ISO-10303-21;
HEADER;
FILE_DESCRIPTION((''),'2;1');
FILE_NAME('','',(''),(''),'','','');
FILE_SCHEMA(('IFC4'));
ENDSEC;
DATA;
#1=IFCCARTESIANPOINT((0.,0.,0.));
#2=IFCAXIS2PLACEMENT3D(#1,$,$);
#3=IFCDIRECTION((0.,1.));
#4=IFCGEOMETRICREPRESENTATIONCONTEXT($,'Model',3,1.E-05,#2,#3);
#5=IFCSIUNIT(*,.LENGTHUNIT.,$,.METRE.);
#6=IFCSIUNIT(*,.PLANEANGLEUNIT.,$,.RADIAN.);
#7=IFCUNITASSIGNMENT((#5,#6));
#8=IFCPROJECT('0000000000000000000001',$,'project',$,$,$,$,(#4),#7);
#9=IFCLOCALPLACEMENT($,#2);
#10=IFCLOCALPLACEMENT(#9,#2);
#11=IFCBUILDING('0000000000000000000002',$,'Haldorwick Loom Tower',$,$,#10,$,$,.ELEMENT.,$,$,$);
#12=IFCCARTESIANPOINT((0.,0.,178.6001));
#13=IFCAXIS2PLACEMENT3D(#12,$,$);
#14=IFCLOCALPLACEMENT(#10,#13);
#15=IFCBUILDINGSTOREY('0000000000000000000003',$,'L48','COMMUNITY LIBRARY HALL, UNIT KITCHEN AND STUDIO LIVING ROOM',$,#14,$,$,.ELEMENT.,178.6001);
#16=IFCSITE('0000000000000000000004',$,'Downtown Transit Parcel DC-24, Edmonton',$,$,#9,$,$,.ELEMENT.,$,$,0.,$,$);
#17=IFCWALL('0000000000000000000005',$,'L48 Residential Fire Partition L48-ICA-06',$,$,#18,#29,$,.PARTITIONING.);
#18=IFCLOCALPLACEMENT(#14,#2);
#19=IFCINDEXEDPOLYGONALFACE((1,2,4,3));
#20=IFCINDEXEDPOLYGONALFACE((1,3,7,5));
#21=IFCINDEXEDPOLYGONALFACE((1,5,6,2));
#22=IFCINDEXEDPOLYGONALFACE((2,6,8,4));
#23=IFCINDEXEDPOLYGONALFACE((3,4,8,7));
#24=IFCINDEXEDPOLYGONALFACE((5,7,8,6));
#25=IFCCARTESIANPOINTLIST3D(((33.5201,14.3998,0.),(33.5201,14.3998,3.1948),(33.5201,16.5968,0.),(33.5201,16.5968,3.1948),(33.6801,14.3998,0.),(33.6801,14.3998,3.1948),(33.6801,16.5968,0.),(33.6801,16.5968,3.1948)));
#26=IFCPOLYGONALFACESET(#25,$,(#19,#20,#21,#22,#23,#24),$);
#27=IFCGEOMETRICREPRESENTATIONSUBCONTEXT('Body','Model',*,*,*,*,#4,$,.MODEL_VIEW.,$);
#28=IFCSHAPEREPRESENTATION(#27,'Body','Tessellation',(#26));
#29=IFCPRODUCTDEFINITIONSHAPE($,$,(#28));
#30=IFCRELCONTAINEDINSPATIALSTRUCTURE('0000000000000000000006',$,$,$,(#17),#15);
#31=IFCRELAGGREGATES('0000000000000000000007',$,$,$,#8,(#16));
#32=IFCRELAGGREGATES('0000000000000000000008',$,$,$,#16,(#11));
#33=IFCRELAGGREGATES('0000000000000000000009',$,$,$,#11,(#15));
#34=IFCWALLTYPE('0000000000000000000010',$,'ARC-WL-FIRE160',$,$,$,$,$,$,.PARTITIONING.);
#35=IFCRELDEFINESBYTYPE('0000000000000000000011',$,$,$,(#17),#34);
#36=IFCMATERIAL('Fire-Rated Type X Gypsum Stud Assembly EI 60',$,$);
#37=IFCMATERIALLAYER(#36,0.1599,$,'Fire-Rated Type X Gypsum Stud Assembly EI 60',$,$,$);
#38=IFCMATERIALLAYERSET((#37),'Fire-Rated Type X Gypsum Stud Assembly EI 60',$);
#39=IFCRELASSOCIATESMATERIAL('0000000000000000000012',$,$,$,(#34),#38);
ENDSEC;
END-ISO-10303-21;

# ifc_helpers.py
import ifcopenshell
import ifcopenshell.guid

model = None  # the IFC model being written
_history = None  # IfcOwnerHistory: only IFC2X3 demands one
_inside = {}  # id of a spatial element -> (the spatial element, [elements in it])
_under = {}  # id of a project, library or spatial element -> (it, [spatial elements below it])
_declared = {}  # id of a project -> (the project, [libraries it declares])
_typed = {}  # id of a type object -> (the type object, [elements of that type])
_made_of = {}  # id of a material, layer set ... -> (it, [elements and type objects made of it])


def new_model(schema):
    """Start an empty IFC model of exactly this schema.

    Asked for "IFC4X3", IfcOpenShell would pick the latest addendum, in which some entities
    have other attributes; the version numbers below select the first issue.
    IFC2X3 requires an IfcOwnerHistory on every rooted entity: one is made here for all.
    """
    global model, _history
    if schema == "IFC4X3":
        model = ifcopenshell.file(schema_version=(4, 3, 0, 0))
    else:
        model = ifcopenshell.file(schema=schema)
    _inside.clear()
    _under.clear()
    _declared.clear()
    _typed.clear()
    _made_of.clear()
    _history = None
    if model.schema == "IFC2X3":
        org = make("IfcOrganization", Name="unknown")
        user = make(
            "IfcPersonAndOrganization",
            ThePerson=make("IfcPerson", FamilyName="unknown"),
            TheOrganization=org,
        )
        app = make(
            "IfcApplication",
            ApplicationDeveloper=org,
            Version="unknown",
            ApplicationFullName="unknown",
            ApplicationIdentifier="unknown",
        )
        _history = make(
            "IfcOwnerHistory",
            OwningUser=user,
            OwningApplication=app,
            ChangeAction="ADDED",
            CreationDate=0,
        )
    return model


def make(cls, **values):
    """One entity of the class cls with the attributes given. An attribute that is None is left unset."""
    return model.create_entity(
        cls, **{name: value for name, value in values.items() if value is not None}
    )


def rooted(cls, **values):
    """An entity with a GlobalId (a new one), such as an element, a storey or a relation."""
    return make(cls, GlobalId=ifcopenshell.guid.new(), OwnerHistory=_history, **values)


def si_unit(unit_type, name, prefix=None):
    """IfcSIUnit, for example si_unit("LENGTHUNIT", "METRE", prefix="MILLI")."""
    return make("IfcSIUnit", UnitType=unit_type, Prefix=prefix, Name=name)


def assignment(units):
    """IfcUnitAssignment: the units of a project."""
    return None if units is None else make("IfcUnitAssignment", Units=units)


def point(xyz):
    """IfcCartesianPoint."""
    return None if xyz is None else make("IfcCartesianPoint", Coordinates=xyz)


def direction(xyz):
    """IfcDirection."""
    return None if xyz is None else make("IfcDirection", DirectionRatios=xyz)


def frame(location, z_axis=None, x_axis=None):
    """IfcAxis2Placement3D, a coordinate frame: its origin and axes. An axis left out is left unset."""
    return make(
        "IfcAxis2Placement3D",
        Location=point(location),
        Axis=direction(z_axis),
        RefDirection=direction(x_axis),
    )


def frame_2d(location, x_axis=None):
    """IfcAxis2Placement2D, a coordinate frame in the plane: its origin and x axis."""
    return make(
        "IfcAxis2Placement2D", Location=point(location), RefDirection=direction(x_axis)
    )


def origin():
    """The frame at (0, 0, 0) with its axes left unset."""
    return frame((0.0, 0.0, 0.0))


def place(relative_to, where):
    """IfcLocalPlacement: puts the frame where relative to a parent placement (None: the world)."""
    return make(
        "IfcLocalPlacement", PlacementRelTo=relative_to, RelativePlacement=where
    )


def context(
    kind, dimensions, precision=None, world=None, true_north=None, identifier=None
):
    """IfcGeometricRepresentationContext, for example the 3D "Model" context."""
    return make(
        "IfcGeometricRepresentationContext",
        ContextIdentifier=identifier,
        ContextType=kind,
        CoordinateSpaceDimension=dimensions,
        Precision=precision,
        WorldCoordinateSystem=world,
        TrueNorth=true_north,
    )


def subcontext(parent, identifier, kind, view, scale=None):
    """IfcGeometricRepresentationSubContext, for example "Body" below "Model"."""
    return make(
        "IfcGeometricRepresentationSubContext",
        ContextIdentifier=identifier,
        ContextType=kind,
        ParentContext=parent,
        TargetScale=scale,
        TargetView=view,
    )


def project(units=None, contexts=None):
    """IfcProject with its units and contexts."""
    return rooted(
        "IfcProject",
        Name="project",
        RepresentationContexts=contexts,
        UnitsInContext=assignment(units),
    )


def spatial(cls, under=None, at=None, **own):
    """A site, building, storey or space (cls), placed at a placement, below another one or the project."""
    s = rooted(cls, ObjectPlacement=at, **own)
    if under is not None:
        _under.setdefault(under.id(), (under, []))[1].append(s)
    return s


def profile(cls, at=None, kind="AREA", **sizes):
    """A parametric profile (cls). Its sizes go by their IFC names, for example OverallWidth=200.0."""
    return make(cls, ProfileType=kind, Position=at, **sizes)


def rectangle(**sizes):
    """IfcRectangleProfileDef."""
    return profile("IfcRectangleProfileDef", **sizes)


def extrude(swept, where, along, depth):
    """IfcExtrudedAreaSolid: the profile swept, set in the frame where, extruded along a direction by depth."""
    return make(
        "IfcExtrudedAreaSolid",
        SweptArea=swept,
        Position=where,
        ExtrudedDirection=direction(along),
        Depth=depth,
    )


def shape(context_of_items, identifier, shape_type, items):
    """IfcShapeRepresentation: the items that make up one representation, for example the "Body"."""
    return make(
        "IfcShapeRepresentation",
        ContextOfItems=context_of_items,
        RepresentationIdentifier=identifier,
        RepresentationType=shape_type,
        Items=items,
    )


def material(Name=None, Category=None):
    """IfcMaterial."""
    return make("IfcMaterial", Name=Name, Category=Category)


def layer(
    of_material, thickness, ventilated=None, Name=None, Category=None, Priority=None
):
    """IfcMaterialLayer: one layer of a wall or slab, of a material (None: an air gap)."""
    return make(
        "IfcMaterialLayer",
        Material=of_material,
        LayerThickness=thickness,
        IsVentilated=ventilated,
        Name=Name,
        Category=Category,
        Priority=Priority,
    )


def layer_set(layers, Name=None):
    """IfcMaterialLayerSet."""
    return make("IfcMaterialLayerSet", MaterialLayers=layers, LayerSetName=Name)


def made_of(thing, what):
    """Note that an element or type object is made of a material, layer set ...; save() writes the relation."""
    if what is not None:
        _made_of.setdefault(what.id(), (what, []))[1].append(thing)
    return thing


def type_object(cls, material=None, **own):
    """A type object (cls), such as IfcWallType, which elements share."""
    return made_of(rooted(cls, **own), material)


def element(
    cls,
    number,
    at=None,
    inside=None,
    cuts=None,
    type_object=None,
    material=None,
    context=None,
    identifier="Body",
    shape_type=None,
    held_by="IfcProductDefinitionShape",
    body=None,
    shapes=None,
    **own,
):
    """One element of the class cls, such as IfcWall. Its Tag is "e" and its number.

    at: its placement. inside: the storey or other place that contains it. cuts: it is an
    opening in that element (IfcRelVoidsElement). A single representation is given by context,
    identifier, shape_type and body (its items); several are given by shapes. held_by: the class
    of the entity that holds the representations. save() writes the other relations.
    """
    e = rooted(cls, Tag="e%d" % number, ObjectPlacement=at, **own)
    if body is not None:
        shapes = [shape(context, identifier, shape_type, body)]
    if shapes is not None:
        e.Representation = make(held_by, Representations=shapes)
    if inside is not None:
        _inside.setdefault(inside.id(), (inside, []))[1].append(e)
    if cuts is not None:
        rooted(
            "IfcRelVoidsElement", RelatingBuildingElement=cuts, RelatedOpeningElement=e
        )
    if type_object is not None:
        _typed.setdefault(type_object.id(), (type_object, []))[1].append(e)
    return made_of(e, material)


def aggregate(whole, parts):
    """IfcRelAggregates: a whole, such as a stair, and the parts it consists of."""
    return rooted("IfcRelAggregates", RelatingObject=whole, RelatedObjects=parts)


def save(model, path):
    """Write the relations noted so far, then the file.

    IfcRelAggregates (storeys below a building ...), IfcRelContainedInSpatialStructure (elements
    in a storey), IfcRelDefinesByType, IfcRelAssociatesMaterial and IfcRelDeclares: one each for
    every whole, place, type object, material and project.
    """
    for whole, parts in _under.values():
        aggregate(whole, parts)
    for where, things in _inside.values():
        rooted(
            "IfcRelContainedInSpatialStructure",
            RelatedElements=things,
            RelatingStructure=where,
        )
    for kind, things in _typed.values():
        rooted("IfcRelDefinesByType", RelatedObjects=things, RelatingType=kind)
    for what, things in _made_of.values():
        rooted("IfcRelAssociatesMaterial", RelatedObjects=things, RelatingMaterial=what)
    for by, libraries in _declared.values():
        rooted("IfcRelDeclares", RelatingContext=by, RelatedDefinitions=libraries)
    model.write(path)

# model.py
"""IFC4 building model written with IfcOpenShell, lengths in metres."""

from ifc_helpers import new_model, si_unit, direction, frame, frame_2d, origin, place, context, subcontext, project, spatial, rectangle, extrude, material, layer, layer_set, type_object, element, save


model = new_model("IFC4")

# Units and contexts
model_context = context("Model", 3, precision=1e-05, world=origin(), true_north=direction((0.0, 1.0)))
body_context = subcontext(model_context, "Body", "Model", "MODEL_VIEW")
ifc_project = project(units=[si_unit("LENGTHUNIT", "METRE"), si_unit("PLANEANGLEUNIT", "RADIAN")], contexts=[model_context])

# Site, building, storey
site_placement = place(None, origin())
site = spatial("IfcSite", under=ifc_project, at=site_placement, Name="Downtown Transit Parcel DC-24, Edmonton", CompositionType="ELEMENT", RefElevation=0.0)
building_placement = place(site_placement, origin())
building = spatial("IfcBuilding", under=site, at=building_placement, Name="Haldorwick Loom Tower", CompositionType="ELEMENT")
storey_placement = place(building_placement, frame((0.0, 0.0, 178.6001)))
storey = spatial("IfcBuildingStorey", under=building, at=storey_placement, Name="L48", Description="COMMUNITY LIBRARY HALL, UNIT KITCHEN AND STUDIO LIVING ROOM", CompositionType="ELEMENT", Elevation=178.6001)

# Wall
ifc_material_1 = material(Name="Fire-Rated Type X Gypsum Stud Assembly EI 60")
ifc_layer_1 = layer(ifc_material_1, 0.1599, Name="Fire-Rated Type X Gypsum Stud Assembly EI 60")
ifc_layer_set_1 = layer_set([ifc_layer_1], Name="Fire-Rated Type X Gypsum Stud Assembly EI 60")
wall_type = type_object("IfcWallType", Name="ARC-WL-FIRE160", PredefinedType="PARTITIONING", material=ifc_layer_set_1)
wall_1_placement = place(storey_placement, frame((33.6001, 16.5969, 0.0), z_axis=(0.0, 0.0, 1.0), x_axis=(0.0, -1.0, 0.0)))
element("IfcWall", 1, at=wall_1_placement, inside=storey, type_object=wall_type, Name="L48 Residential Fire Partition L48-ICA-06", PredefinedType="PARTITIONING", context=body_context, shape_type="SweptSolid", body=[
    extrude(rectangle(XDim=2.197, YDim=0.1599, at=frame_2d((1.0986, 0.0))), origin(), (0.0, 0.0, 1.0), 3.1948),
])

save(model, "model.ifc")
